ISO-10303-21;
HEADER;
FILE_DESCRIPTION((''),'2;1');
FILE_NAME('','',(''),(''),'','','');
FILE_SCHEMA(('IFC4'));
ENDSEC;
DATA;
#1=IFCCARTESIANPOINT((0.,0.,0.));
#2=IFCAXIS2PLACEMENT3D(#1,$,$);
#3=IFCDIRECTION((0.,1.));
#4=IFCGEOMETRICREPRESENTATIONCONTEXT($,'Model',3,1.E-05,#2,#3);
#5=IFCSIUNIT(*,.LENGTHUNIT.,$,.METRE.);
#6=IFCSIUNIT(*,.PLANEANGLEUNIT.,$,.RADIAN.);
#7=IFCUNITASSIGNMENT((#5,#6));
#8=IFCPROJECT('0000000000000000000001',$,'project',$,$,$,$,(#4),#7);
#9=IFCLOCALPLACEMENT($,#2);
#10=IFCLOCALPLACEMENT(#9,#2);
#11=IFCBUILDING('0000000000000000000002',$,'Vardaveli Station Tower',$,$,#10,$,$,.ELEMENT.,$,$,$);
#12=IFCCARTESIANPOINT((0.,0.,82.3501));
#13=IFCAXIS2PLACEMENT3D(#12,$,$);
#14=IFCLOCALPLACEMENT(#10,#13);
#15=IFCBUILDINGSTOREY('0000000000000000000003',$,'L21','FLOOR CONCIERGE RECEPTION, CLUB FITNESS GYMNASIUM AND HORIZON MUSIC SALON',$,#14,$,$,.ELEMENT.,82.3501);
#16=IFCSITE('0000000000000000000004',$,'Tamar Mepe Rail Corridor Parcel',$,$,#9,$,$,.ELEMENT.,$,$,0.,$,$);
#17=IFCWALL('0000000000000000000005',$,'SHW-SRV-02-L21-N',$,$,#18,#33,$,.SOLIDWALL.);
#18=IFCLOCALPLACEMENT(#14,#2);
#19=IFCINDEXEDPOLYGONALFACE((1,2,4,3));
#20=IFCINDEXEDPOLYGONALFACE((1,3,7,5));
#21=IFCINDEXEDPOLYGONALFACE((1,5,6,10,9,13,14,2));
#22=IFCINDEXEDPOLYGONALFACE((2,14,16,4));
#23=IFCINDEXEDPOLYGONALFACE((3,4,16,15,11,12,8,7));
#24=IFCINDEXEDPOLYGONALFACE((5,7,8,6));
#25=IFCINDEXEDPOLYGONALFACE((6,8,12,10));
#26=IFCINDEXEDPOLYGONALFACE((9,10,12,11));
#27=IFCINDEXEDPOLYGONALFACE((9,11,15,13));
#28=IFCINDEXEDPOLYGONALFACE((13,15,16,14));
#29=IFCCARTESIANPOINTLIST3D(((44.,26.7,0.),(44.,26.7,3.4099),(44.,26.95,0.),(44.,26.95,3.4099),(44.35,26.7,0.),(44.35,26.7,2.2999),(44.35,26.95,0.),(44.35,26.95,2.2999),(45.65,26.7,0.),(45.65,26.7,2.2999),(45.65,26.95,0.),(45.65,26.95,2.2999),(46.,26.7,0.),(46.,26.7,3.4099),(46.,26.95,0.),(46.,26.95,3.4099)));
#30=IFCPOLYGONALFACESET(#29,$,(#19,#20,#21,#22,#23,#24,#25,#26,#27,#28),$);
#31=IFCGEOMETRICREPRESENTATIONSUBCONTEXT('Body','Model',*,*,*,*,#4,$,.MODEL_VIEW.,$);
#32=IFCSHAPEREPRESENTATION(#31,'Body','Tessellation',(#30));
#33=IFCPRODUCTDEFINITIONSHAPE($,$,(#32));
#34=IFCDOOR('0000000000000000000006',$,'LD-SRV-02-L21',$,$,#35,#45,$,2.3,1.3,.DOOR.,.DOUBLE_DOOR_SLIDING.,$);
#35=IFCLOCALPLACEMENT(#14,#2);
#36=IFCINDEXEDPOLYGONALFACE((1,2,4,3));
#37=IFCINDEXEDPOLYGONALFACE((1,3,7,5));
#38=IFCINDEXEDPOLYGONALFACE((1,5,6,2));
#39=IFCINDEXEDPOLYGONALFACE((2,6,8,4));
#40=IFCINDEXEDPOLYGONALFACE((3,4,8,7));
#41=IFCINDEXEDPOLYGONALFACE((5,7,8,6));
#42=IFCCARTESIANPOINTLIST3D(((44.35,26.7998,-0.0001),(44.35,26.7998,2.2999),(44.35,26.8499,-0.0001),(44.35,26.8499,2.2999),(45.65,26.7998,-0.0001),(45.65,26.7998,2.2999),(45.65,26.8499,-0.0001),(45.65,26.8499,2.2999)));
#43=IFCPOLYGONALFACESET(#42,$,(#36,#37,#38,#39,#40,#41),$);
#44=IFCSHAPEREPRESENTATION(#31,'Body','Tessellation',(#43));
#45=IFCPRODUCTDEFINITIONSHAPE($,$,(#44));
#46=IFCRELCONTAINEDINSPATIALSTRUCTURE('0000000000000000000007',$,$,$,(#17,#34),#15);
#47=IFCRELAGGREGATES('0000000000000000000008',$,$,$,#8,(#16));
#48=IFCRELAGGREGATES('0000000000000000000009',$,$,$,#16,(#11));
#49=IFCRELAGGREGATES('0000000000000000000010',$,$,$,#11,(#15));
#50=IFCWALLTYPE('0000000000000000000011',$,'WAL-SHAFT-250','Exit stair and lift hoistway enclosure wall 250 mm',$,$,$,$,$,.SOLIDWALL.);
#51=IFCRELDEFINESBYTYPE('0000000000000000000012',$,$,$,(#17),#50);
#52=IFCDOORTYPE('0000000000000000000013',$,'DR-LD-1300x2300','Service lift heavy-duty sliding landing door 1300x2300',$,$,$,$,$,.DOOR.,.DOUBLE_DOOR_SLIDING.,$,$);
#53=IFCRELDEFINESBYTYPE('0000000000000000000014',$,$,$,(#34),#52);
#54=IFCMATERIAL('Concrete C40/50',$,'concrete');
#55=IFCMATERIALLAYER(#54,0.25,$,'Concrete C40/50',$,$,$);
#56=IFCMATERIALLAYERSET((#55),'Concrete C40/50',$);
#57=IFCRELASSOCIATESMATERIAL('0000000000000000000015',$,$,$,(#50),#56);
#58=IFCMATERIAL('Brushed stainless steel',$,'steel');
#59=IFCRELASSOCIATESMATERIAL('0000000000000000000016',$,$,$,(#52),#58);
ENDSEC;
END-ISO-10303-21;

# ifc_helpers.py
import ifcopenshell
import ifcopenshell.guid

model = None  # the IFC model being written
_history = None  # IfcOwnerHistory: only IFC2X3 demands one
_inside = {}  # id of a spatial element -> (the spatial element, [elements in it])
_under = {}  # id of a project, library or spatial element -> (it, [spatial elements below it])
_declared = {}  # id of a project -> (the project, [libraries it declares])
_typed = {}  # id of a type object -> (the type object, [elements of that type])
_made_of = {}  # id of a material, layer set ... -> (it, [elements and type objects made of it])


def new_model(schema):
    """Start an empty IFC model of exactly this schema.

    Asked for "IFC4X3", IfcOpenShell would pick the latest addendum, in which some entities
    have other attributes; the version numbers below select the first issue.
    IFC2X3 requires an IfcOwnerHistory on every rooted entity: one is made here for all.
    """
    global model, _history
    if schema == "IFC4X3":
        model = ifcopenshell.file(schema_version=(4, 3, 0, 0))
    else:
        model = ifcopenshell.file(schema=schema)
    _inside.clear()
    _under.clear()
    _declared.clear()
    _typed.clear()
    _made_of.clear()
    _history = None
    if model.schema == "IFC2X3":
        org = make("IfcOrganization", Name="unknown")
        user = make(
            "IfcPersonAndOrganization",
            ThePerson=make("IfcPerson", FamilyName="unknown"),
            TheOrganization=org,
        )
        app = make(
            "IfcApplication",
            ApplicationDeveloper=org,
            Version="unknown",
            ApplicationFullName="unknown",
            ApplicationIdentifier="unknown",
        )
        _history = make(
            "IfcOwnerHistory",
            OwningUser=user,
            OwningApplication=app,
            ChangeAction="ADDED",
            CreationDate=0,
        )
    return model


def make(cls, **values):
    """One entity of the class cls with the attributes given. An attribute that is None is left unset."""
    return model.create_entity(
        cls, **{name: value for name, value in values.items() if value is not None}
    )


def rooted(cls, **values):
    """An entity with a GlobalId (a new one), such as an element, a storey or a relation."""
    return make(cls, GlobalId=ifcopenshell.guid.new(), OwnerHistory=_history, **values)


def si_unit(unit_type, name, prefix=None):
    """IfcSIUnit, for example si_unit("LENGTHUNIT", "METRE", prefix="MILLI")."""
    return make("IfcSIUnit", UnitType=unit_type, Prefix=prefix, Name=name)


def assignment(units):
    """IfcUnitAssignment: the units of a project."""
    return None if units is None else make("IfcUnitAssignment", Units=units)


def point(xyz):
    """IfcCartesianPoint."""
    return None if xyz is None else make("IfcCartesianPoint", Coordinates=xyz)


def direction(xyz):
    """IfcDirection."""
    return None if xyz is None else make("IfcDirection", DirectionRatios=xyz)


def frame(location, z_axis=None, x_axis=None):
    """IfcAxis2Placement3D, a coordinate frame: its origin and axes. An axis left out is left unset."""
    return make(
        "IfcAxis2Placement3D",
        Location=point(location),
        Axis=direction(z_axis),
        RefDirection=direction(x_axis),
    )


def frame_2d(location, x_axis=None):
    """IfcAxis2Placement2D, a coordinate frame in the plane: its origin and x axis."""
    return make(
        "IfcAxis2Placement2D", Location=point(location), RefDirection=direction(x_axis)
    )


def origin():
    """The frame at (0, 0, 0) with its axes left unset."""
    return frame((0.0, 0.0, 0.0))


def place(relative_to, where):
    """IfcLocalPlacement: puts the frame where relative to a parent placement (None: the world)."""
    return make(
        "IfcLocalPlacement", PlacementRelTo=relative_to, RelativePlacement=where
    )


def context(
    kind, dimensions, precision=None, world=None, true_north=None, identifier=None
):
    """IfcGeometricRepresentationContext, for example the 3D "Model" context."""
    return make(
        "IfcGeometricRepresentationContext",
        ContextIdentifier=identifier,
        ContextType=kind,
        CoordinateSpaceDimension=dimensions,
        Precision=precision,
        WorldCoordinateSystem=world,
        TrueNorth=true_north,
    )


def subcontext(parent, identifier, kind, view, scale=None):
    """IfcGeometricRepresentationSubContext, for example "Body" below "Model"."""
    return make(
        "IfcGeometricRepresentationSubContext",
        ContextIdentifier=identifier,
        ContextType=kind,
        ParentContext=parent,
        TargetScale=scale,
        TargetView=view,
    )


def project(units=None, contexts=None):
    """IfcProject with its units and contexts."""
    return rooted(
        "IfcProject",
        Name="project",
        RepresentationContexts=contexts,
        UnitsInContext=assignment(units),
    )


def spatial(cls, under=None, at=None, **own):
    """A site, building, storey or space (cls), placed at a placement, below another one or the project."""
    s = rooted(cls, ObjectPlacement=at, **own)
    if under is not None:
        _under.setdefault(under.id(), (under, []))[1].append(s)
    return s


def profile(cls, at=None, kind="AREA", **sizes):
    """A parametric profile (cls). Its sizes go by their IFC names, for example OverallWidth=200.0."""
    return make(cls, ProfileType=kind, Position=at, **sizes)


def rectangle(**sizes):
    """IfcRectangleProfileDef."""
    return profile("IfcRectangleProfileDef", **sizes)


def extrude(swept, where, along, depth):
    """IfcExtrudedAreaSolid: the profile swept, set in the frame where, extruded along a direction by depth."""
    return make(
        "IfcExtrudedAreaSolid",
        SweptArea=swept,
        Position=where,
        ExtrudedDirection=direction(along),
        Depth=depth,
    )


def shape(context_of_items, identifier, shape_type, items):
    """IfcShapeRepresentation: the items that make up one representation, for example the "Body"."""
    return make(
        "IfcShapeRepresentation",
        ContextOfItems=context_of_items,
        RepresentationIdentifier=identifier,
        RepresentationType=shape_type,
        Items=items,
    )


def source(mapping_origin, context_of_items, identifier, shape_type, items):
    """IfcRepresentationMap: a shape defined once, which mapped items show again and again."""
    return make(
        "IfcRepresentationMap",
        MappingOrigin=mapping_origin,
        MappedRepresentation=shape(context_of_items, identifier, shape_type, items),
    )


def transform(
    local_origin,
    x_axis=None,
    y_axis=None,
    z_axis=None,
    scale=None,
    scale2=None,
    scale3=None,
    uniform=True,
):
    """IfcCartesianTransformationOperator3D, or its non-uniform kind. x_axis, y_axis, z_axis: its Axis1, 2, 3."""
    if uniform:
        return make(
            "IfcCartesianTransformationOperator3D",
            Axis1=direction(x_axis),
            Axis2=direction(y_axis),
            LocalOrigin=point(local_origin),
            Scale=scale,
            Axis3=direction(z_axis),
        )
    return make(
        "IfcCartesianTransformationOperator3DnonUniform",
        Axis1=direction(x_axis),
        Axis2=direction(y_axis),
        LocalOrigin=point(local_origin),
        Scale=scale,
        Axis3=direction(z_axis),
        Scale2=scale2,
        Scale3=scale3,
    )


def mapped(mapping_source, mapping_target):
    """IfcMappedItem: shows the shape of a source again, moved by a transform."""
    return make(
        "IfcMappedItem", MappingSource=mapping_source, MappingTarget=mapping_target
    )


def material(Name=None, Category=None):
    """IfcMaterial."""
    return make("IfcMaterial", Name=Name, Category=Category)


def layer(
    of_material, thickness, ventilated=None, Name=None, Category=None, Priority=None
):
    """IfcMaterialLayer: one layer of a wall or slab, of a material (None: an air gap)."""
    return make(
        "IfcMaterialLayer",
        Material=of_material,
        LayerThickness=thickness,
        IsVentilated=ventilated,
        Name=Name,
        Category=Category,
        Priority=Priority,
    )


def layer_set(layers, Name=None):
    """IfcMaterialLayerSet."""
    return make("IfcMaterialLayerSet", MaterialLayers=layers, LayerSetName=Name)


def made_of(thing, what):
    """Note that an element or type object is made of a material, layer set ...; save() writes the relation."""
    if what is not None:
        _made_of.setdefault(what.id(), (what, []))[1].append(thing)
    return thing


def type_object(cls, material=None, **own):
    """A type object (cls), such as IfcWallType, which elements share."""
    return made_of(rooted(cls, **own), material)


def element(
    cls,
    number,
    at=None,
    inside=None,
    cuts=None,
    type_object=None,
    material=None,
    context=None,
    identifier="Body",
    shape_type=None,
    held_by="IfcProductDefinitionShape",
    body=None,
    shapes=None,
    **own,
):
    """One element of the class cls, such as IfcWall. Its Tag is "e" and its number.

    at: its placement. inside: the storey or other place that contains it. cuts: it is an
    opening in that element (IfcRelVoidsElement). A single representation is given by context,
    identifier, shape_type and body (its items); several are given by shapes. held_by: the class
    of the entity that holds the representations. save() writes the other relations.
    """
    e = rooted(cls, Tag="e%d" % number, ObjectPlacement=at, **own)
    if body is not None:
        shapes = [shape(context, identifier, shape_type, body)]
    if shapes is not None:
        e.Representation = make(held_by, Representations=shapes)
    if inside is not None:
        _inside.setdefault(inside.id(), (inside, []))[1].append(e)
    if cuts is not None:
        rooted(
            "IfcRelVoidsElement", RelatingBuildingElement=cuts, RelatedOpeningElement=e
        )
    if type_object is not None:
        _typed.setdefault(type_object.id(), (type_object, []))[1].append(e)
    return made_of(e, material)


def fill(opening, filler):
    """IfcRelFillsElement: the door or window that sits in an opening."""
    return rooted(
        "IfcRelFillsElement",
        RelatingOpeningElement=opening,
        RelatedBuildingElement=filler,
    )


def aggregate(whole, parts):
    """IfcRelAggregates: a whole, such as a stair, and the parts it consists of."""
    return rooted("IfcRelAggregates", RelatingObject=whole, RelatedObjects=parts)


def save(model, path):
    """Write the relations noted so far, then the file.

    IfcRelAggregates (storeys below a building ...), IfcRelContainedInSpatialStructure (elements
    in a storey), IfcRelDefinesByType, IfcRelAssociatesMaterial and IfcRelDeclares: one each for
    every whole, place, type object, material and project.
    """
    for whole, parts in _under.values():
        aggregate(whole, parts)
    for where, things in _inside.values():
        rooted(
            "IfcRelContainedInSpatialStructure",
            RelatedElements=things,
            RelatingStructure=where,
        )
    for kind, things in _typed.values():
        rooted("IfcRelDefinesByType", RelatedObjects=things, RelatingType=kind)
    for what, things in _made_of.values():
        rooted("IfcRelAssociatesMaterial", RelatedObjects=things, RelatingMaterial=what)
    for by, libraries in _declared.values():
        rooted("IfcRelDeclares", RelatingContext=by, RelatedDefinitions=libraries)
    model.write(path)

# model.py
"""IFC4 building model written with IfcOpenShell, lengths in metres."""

from ifc_helpers import new_model, si_unit, direction, frame, frame_2d, origin, place, context, subcontext, project, spatial, rectangle, extrude, source, transform, mapped, material, layer, layer_set, type_object, element, fill, save


model = new_model("IFC4")

# Units and contexts
model_context = context("Model", 3, precision=1e-05, world=origin(), true_north=direction((0.0, 1.0)))
body_context = subcontext(model_context, "Body", "Model", "MODEL_VIEW")
ifc_project = project(units=[si_unit("LENGTHUNIT", "METRE"), si_unit("PLANEANGLEUNIT", "RADIAN")], contexts=[model_context])

# Site, building, storey
site_placement = place(None, origin())
site = spatial("IfcSite", under=ifc_project, at=site_placement, Name="Tamar Mepe Rail Corridor Parcel", CompositionType="ELEMENT", RefElevation=0.0)
building_placement = place(site_placement, origin())
building = spatial("IfcBuilding", under=site, at=building_placement, Name="Vardaveli Station Tower", CompositionType="ELEMENT")
storey_placement = place(building_placement, frame((0.0, 0.0, 82.3501)))
storey = spatial("IfcBuildingStorey", under=building, at=storey_placement, Name="L21", Description="FLOOR CONCIERGE RECEPTION, CLUB FITNESS GYMNASIUM AND HORIZON MUSIC SALON", CompositionType="ELEMENT", Elevation=82.3501)

# Shared definitions
ifc_material_1 = material(Name="Concrete C40/50", Category="concrete")
ifc_layer_1 = layer(ifc_material_1, 0.25, Name="Concrete C40/50")
ifc_layer_set_1 = layer_set([ifc_layer_1], Name="Concrete C40/50")
wall_type_1 = type_object("IfcWallType", Name="WAL-SHAFT-250", Description="Exit stair and lift hoistway enclosure wall 250 mm", PredefinedType="SOLIDWALL", material=ifc_layer_set_1)

# Shared definitions
shared_shape_1 = source(origin(), body_context, "Body", "SweptSolid", [
    extrude(rectangle(XDim=1.3, YDim=2.3, at=frame_2d((0.6499, 1.1499))), frame((0.0, 0.135, 0.0), z_axis=(0.0, -1.0, 0.0), x_axis=(1.0, 0.0, 0.0)), (0.0, 0.0, 1.0), 0.27),
])
ifc_material_2 = material(Name="Brushed stainless steel", Category="steel")
door_type = type_object("IfcDoorType", Name="DR-LD-1300x2300", Description="Service lift heavy-duty sliding landing door 1300x2300", OperationType="DOUBLE_DOOR_SLIDING", PredefinedType="DOOR", material=ifc_material_2)
shared_shape_2 = source(origin(), body_context, "Body", "SweptSolid", [
    extrude(rectangle(XDim=1.3, YDim=2.3, at=frame_2d((0.6499, 1.1499))), frame((0.0, 0.0249, 0.0), z_axis=(0.0, -1.0, 0.0), x_axis=(1.0, 0.0, 0.0)), (0.0, 0.0, 1.0), 0.05),
])

# Shared definitions
shared_shape_3 = source(origin(), body_context, "Body", "SweptSolid", [
    extrude(rectangle(XDim=2.0, YDim=0.25, at=frame_2d((1.0, 0.0))), origin(), (0.0, 0.0, 1.0), 3.4099),
])

# Wall, opening, door
wall_1_placement = place(storey_placement, frame((44.0, 26.825, 0.0), z_axis=(0.0, 0.0, 1.0), x_axis=(1.0, 0.0, 0.0)))
wall_1 = element("IfcWall", 1, at=wall_1_placement, inside=storey, type_object=wall_type_1, Name="SHW-SRV-02-L21-N", PredefinedType="SOLIDWALL", context=body_context, shape_type="MappedRepresentation", body=[
    mapped(shared_shape_3, transform((0.0, 0.0, 0.0), scale=1.0)),
])
opening_1_placement = place(wall_1_placement, frame((0.3501, 0.0, 0.0)))
opening_1 = element("IfcOpeningElement", 2, at=opening_1_placement, cuts=wall_1, PredefinedType="OPENING", context=body_context, shape_type="MappedRepresentation", body=[
    mapped(shared_shape_1, transform((0.0, 0.0, 0.0), scale=1.0)),
])
door_1_placement = place(opening_1_placement, origin())
door_1 = element("IfcDoor", 3, at=door_1_placement, inside=storey, type_object=door_type, Name="LD-SRV-02-L21", OperationType="DOUBLE_DOOR_SLIDING", OverallHeight=2.3, OverallWidth=1.3, PredefinedType="DOOR", context=body_context, shape_type="MappedRepresentation", body=[
    mapped(shared_shape_2, transform((0.0, 0.0, 0.0), scale=1.0)),
])
fill(opening_1, door_1)

save(model, "model.ifc")
